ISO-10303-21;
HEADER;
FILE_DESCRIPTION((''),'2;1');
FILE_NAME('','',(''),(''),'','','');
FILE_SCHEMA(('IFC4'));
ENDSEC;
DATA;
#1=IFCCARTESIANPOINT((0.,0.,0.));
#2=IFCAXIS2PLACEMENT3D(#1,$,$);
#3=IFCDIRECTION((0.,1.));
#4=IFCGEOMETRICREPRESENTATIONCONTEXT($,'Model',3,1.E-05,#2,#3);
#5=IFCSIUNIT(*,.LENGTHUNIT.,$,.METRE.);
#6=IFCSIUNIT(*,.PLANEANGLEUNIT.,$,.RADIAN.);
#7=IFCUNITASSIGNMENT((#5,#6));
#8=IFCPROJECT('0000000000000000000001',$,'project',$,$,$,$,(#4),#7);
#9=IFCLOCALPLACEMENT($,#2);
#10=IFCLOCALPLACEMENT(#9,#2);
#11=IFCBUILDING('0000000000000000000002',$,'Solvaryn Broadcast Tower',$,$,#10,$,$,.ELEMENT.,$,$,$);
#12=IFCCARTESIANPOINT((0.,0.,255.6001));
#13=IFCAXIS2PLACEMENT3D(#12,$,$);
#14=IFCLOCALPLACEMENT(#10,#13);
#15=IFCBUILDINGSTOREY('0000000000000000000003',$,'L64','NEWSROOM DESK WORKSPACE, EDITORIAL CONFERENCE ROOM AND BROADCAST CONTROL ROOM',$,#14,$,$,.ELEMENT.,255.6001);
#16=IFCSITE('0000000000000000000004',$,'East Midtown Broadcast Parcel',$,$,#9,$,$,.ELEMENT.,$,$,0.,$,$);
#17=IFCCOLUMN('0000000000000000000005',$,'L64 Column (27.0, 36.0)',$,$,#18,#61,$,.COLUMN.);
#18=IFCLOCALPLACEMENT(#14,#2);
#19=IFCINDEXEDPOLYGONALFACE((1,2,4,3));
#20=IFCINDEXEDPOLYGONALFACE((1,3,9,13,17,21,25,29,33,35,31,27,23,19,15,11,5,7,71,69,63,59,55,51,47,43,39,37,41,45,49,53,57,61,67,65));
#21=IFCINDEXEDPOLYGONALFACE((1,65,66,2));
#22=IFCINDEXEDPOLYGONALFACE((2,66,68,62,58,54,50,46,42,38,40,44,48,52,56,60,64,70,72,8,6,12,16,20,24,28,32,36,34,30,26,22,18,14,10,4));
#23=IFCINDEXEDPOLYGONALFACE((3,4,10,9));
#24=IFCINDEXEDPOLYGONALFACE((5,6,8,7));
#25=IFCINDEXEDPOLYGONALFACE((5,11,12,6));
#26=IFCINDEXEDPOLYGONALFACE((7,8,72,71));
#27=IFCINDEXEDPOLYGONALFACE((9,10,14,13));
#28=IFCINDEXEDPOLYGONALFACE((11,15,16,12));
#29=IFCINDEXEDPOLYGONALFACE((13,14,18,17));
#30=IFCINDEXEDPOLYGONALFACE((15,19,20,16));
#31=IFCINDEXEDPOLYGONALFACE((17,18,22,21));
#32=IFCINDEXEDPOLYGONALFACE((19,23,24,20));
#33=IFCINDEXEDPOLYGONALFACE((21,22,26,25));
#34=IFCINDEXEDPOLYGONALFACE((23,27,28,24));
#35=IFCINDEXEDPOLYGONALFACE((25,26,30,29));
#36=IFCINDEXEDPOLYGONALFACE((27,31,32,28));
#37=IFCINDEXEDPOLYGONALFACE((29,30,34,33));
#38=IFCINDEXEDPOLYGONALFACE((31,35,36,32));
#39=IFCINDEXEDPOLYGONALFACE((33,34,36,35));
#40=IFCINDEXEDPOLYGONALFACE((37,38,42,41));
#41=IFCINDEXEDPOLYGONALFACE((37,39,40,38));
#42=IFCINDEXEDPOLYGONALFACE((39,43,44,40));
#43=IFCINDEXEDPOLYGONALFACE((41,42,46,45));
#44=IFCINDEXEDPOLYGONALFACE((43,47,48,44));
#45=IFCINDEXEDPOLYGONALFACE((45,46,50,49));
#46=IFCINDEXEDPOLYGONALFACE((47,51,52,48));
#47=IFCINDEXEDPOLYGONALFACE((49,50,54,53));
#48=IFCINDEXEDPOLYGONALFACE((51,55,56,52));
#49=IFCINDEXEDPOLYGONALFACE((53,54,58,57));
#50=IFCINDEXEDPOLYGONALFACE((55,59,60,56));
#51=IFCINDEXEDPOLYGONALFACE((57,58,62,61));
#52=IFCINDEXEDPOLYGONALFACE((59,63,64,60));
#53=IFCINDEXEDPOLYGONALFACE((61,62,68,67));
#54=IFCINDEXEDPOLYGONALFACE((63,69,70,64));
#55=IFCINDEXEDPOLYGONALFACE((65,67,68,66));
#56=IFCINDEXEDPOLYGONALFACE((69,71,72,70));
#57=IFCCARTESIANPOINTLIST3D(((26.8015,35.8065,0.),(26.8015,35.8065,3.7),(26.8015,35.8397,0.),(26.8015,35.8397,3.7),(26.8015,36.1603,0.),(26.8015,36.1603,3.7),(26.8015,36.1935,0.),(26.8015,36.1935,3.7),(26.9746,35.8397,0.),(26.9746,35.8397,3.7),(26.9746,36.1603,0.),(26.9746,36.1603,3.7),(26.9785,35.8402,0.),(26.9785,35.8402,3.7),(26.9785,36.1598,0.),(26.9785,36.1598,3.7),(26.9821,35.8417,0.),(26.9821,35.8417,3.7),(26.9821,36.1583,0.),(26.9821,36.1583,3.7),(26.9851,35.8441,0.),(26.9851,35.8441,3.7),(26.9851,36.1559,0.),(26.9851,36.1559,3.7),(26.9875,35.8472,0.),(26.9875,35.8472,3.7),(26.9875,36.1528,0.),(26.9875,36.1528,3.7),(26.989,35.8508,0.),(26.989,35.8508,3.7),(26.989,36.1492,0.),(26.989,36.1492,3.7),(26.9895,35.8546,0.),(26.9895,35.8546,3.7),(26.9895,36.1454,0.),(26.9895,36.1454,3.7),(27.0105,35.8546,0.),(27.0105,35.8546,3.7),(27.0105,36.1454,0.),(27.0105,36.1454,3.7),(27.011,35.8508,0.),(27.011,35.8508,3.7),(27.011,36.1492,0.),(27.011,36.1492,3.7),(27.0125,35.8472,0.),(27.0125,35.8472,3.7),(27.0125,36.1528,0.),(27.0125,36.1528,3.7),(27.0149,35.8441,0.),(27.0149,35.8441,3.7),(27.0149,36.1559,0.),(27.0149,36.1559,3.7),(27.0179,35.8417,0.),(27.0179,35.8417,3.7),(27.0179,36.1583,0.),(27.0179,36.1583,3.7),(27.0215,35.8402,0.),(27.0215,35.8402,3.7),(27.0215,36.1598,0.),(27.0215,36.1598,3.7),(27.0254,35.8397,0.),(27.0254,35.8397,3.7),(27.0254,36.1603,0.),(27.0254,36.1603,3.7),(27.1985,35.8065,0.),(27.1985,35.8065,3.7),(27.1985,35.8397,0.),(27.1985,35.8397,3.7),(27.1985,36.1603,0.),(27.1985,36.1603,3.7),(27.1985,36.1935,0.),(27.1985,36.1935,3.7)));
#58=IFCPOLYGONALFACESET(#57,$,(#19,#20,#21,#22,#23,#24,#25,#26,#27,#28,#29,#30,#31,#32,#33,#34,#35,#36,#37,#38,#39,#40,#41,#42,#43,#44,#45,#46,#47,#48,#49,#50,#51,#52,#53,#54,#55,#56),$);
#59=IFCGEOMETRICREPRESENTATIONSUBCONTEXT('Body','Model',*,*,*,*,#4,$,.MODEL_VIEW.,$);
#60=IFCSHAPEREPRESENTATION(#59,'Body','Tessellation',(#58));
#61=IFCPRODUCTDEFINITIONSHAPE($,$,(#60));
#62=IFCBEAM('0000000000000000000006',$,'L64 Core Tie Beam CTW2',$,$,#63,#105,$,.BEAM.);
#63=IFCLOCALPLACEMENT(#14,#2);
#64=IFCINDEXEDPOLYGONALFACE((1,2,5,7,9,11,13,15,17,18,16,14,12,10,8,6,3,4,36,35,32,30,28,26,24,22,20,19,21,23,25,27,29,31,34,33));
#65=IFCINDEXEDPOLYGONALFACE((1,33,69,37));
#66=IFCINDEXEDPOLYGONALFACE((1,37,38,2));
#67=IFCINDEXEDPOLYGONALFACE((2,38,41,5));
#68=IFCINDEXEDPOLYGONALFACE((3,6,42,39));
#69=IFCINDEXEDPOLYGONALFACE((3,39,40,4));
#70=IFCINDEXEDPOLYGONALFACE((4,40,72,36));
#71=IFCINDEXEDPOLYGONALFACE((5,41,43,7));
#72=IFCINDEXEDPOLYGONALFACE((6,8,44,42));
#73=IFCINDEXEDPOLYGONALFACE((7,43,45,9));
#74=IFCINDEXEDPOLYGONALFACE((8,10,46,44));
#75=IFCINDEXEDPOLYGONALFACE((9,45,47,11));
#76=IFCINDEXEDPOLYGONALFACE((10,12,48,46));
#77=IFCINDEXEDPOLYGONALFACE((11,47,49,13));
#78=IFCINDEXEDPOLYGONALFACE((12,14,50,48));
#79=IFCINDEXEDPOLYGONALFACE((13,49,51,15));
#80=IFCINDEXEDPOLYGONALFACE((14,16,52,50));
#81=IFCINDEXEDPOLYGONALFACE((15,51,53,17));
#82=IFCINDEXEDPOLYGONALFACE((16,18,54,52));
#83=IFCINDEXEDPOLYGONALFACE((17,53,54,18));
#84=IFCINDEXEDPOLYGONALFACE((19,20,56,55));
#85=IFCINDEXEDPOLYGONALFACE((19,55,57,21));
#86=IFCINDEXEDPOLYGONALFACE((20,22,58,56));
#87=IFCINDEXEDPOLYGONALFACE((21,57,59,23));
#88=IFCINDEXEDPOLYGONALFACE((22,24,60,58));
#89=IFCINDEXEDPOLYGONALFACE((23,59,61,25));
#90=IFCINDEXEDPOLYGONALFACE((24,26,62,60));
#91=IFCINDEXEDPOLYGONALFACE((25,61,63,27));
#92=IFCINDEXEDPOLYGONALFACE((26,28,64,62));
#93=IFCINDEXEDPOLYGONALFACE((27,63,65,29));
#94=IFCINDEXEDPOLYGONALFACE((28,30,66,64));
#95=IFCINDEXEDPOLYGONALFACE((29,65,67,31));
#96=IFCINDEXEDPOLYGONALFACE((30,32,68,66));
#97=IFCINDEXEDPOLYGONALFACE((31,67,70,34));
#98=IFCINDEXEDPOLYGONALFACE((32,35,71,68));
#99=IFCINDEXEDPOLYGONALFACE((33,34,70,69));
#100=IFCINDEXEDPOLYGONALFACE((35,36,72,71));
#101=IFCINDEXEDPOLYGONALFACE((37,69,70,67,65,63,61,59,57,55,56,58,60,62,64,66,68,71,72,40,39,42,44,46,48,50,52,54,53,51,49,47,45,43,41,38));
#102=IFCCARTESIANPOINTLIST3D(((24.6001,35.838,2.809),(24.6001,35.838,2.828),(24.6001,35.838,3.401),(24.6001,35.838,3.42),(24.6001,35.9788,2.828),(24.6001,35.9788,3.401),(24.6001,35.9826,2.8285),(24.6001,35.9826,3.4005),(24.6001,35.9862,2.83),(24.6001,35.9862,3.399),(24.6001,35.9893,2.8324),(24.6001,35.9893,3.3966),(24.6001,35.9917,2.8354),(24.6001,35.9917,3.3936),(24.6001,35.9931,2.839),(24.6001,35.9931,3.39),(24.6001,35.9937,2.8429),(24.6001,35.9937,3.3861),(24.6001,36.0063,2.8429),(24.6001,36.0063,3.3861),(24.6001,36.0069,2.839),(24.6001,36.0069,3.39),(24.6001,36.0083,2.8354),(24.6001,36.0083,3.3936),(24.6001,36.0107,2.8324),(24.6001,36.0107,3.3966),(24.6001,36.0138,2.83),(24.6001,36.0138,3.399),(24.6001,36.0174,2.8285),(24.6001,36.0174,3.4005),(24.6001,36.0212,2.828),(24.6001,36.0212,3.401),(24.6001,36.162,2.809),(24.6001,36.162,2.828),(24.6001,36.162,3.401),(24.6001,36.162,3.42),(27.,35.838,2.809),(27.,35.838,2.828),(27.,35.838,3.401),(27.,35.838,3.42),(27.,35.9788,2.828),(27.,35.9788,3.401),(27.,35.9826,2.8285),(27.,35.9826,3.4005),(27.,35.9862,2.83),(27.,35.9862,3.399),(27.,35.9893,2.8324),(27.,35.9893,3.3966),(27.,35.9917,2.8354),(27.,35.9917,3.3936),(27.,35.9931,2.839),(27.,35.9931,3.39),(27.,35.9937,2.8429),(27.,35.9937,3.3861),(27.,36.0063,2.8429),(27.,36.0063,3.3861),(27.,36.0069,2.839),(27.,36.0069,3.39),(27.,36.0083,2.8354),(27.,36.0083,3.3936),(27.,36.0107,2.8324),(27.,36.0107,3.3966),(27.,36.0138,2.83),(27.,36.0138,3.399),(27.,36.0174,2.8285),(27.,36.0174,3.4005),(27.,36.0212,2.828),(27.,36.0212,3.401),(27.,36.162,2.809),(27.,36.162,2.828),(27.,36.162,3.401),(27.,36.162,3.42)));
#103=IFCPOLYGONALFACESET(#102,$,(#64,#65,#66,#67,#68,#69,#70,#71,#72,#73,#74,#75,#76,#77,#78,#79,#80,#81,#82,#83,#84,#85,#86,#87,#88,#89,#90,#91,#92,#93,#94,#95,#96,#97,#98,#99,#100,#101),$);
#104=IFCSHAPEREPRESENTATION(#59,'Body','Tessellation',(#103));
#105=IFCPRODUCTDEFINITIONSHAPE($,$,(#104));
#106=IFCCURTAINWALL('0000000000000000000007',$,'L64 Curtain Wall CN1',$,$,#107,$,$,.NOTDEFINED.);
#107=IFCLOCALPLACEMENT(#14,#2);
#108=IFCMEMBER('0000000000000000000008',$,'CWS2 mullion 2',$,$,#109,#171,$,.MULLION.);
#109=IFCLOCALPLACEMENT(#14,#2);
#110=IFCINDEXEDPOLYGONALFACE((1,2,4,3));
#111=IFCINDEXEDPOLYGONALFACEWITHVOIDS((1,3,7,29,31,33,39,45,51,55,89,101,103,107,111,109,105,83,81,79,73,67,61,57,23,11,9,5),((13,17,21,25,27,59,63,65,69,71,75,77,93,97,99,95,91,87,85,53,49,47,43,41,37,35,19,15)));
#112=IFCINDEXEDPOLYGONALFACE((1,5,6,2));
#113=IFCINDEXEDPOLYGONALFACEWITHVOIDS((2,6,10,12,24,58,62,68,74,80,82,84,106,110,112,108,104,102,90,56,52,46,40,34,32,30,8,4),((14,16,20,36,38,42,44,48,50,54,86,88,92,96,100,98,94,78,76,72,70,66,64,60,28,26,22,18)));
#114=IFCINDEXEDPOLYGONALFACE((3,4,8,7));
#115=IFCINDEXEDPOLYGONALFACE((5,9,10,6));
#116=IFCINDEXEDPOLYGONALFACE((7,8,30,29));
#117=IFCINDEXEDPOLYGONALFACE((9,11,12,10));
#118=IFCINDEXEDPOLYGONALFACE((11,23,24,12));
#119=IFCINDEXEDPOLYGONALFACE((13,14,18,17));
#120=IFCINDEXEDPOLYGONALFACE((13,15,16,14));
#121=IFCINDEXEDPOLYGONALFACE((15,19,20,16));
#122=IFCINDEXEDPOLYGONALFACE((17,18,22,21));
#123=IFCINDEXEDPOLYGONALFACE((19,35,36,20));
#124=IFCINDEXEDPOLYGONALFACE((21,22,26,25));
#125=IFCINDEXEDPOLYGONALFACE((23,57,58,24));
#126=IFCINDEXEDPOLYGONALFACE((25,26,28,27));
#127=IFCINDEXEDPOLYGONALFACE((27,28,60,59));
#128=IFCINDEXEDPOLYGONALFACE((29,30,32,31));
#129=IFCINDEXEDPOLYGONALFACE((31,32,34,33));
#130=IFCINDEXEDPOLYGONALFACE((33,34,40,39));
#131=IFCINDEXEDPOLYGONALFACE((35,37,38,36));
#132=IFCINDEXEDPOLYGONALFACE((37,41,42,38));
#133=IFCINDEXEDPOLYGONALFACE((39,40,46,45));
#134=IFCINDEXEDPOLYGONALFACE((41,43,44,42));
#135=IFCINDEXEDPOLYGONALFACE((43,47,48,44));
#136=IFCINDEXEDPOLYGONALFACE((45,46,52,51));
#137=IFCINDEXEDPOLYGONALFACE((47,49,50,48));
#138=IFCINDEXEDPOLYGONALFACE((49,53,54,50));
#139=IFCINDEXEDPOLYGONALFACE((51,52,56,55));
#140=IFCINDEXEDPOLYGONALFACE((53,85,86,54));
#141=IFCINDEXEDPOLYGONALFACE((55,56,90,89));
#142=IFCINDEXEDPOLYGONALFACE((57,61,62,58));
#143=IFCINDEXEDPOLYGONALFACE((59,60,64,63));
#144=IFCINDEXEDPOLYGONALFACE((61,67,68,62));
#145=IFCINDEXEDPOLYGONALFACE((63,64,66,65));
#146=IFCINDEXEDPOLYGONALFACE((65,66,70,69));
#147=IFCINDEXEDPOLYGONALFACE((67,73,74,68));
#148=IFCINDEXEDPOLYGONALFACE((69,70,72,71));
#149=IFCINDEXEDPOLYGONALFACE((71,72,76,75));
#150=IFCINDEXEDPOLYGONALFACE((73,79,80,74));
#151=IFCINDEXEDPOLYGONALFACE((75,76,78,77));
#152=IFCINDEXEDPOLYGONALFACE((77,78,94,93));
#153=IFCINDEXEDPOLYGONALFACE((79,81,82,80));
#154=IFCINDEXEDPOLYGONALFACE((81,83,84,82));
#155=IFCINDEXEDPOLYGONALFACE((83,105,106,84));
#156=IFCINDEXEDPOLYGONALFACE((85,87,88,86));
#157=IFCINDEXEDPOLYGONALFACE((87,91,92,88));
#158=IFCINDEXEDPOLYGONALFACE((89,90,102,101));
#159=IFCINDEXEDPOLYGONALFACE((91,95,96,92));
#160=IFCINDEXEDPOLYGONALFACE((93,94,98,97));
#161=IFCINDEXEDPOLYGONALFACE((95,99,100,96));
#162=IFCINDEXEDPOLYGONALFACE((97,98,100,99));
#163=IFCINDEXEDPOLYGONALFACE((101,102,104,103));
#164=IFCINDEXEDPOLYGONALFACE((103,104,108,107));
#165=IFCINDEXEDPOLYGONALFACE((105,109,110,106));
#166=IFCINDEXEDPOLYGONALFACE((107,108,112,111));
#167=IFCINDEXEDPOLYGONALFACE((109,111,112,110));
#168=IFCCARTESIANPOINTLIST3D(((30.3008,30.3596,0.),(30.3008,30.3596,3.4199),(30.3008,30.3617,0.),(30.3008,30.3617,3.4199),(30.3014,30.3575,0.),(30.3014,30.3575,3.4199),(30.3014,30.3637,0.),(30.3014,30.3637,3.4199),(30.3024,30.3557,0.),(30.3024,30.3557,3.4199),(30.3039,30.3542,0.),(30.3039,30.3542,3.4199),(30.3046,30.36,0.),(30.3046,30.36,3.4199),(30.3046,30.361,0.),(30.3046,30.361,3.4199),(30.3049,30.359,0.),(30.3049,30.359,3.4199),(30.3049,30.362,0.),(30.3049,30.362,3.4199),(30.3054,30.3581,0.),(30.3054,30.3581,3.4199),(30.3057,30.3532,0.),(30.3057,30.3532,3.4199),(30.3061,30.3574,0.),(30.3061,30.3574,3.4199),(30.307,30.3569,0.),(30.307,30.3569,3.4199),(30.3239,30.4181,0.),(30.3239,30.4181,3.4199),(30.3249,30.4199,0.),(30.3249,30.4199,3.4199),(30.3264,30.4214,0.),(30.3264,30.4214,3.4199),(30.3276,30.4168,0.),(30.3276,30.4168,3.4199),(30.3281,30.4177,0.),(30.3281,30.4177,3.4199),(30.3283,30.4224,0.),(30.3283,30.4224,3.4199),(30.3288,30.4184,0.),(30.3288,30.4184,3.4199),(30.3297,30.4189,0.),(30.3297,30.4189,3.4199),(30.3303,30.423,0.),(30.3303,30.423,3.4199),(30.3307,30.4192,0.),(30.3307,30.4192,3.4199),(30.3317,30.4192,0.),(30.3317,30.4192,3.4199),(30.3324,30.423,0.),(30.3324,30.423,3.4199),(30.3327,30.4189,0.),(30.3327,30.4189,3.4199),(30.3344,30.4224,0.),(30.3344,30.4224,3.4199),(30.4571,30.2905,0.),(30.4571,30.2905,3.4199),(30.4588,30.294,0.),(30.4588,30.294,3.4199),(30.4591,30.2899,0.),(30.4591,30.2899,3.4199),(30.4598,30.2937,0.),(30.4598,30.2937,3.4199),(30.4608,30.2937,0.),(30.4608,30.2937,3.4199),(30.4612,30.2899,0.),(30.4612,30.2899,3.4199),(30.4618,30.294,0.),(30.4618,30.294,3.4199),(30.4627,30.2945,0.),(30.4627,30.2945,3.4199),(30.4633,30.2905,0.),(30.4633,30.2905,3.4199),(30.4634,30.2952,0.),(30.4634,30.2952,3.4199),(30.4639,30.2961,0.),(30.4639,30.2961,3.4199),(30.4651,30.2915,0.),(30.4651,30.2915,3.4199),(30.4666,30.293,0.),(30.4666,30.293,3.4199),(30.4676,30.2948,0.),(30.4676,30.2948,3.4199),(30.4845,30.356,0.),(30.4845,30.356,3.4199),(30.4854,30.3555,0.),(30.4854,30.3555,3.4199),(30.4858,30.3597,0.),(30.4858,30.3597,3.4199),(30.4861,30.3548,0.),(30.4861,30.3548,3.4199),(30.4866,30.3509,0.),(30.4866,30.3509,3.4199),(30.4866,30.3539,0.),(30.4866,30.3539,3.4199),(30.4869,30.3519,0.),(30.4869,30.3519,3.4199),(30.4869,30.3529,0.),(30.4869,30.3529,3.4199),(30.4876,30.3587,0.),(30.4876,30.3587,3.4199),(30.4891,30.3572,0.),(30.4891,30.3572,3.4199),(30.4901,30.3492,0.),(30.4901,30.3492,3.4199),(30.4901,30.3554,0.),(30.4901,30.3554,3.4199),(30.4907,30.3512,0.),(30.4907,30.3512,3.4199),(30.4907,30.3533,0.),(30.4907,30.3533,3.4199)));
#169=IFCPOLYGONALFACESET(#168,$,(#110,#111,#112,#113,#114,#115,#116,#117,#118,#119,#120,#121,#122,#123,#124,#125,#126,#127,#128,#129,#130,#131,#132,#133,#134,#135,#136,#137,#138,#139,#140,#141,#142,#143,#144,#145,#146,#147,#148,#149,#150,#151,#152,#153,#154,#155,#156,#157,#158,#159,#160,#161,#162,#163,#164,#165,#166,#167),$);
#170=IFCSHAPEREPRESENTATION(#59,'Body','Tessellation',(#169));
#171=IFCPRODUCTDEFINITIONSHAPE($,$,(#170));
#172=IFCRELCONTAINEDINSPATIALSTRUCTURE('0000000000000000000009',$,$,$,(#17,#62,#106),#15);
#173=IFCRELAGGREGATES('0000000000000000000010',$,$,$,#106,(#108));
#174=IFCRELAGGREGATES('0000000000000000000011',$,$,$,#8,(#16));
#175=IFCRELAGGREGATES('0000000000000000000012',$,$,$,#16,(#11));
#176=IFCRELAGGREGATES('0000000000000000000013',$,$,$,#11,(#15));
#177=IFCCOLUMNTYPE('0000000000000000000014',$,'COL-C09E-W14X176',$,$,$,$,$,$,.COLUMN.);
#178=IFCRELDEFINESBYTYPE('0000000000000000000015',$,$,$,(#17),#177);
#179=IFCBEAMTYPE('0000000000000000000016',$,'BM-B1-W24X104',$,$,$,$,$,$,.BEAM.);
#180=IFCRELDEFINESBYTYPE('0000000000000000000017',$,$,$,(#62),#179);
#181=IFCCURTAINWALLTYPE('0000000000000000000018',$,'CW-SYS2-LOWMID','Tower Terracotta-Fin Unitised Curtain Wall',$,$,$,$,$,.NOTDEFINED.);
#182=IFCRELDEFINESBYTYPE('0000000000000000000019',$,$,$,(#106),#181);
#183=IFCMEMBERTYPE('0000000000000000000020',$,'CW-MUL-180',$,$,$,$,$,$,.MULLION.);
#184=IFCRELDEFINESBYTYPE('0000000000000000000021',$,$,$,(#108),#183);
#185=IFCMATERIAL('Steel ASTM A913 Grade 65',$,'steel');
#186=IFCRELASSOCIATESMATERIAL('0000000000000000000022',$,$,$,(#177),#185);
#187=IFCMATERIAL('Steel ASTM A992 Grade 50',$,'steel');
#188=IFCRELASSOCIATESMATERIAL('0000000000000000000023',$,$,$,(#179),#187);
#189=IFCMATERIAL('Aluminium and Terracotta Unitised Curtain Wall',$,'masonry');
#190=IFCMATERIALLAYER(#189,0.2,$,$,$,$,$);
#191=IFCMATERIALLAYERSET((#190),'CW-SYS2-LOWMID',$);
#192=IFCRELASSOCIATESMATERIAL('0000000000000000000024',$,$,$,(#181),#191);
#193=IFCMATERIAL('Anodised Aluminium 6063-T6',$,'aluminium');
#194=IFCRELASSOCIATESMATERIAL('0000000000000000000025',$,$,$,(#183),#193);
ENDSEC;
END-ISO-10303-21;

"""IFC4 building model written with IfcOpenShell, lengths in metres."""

from ifc_helpers import new_model, si_unit, direction, frame, origin, origin_2d, place, context, subcontext, project, spatial, hollow_rectangle, i_section, extrude, material, layer, layer_set, material_profile, profile_set, type_object, element, aggregate, save


model = new_model("IFC4")

# Units and contexts
model_context = context("Model", 3, precision=1e-05, world=origin(), true_north=direction((0.0, 1.0)))
body_context = subcontext(model_context, "Body", "Model", "MODEL_VIEW")
ifc_project = project(units=[si_unit("LENGTHUNIT", "METRE"), si_unit("PLANEANGLEUNIT", "RADIAN")], contexts=[model_context])

# Site, building, storey
site_placement = place(None, origin())
site = spatial("IfcSite", under=ifc_project, at=site_placement, Name="East Midtown Broadcast Parcel", CompositionType="ELEMENT", RefElevation=0.0)
building_placement = place(site_placement, origin())
building = spatial("IfcBuilding", under=site, at=building_placement, Name="Solvaryn Broadcast Tower", CompositionType="ELEMENT")
storey_placement = place(building_placement, frame((0.0, 0.0, 255.6001)))
storey = spatial("IfcBuildingStorey", under=building, at=storey_placement, Name="L64", Description="NEWSROOM DESK WORKSPACE, EDITORIAL CONFERENCE ROOM AND BROADCAST CONTROL ROOM", CompositionType="ELEMENT", Elevation=255.6001)

# Column
ifc_material_1 = material(Name="Steel ASTM A913 Grade 65", Category="steel")
ifc_material_profile_1 = material_profile(ifc_material_1, i_section(OverallWidth=0.397, OverallDepth=0.387, WebThickness=0.021, FlangeThickness=0.0332, FilletRadius=0.0149, at=origin_2d()))
ifc_profile_set_1 = profile_set([ifc_material_profile_1], Name="Steel ASTM A913 Grade 65")
column_type = type_object("IfcColumnType", Name="COL-C09E-W14X176", PredefinedType="COLUMN", material=ifc_profile_set_1)
column_placement = place(storey_placement, frame((27.0, 36.0, 0.0), z_axis=(0.0, 0.0, 1.0), x_axis=(1.0, 0.0, 0.0)))
element("IfcColumn", 1, at=column_placement, inside=storey, type_object=column_type, Name="L64 Column (27.0, 36.0)", PredefinedType="COLUMN", context=body_context, shape_type="SweptSolid", body=[
    extrude(i_section(OverallWidth=0.397, OverallDepth=0.387, WebThickness=0.021, FlangeThickness=0.0332, FilletRadius=0.0149, at=origin_2d()), origin(), (0.0, 0.0, 1.0), 3.7),
])

# Beam
ifc_material_2 = material(Name="Steel ASTM A992 Grade 50", Category="steel")
ifc_material_profile_2 = material_profile(ifc_material_2, i_section(OverallWidth=0.324, OverallDepth=0.6111, WebThickness=0.0127, FlangeThickness=0.019, FilletRadius=0.0149, at=origin_2d()))
ifc_profile_set_2 = profile_set([ifc_material_profile_2], Name="Steel ASTM A992 Grade 50")
beam_type = type_object("IfcBeamType", Name="BM-B1-W24X104", PredefinedType="BEAM", material=ifc_profile_set_2)
beam_placement = place(storey_placement, frame((24.6001, 36.0, 3.1145), z_axis=(1.0, 0.0, 0.0), x_axis=(0.0, 1.0, 0.0)))
element("IfcBeam", 2, at=beam_placement, inside=storey, type_object=beam_type, Name="L64 Core Tie Beam CTW2", PredefinedType="BEAM", context=body_context, shape_type="SweptSolid", body=[
    extrude(i_section(OverallWidth=0.324, OverallDepth=0.6111, WebThickness=0.0127, FlangeThickness=0.019, FilletRadius=0.0149, at=origin_2d()), origin(), (0.0, 0.0, 1.0), 2.3999),
])

# Curtain wall, member
ifc_material_3 = material(Name="Aluminium and Terracotta Unitised Curtain Wall", Category="masonry")
ifc_layer_1 = layer(ifc_material_3, 0.2)
ifc_layer_set_1 = layer_set([ifc_layer_1], Name="CW-SYS2-LOWMID")
curtain_wall_type = type_object("IfcCurtainWallType", Name="CW-SYS2-LOWMID", Description="Tower Terracotta-Fin Unitised Curtain Wall", PredefinedType="NOTDEFINED", material=ifc_layer_set_1)
curtain_wall_1_placement = place(storey_placement, origin())
curtain_wall_1 = element("IfcCurtainWall", 3, at=curtain_wall_1_placement, inside=storey, type_object=curtain_wall_type, Name="L64 Curtain Wall CN1", PredefinedType="NOTDEFINED")
ifc_material_4 = material(Name="Anodised Aluminium 6063-T6", Category="aluminium")
ifc_material_profile_3 = material_profile(ifc_material_4, hollow_rectangle(XDim=0.075, YDim=0.1799, WallThickness=0.0039, InnerFilletRadius=0.0039, OuterFilletRadius=0.0081, at=origin_2d()))
ifc_profile_set_3 = profile_set([ifc_material_profile_3], Name="Anodised Aluminium 6063-T6")
member_type_1 = type_object("IfcMemberType", Name="CW-MUL-180", PredefinedType="MULLION", material=ifc_profile_set_3)
member_1_placement = place(storey_placement, frame((30.3958, 30.3564, 0.0), z_axis=(0.0, 0.0, 1.0), x_axis=(-0.382646, -0.923895, 0.0)))
member_1 = element("IfcMember", 4, at=member_1_placement, type_object=member_type_1, Name="CWS2 mullion 2", PredefinedType="MULLION", context=body_context, shape_type="SweptSolid", body=[
    extrude(hollow_rectangle(XDim=0.075, YDim=0.1799, WallThickness=0.0039, InnerFilletRadius=0.0039, OuterFilletRadius=0.0081, at=origin_2d()), origin(), (0.0, 0.0, 1.0), 3.4199),
])

aggregate(curtain_wall_1, [member_1])

save(model, "model.ifc")
